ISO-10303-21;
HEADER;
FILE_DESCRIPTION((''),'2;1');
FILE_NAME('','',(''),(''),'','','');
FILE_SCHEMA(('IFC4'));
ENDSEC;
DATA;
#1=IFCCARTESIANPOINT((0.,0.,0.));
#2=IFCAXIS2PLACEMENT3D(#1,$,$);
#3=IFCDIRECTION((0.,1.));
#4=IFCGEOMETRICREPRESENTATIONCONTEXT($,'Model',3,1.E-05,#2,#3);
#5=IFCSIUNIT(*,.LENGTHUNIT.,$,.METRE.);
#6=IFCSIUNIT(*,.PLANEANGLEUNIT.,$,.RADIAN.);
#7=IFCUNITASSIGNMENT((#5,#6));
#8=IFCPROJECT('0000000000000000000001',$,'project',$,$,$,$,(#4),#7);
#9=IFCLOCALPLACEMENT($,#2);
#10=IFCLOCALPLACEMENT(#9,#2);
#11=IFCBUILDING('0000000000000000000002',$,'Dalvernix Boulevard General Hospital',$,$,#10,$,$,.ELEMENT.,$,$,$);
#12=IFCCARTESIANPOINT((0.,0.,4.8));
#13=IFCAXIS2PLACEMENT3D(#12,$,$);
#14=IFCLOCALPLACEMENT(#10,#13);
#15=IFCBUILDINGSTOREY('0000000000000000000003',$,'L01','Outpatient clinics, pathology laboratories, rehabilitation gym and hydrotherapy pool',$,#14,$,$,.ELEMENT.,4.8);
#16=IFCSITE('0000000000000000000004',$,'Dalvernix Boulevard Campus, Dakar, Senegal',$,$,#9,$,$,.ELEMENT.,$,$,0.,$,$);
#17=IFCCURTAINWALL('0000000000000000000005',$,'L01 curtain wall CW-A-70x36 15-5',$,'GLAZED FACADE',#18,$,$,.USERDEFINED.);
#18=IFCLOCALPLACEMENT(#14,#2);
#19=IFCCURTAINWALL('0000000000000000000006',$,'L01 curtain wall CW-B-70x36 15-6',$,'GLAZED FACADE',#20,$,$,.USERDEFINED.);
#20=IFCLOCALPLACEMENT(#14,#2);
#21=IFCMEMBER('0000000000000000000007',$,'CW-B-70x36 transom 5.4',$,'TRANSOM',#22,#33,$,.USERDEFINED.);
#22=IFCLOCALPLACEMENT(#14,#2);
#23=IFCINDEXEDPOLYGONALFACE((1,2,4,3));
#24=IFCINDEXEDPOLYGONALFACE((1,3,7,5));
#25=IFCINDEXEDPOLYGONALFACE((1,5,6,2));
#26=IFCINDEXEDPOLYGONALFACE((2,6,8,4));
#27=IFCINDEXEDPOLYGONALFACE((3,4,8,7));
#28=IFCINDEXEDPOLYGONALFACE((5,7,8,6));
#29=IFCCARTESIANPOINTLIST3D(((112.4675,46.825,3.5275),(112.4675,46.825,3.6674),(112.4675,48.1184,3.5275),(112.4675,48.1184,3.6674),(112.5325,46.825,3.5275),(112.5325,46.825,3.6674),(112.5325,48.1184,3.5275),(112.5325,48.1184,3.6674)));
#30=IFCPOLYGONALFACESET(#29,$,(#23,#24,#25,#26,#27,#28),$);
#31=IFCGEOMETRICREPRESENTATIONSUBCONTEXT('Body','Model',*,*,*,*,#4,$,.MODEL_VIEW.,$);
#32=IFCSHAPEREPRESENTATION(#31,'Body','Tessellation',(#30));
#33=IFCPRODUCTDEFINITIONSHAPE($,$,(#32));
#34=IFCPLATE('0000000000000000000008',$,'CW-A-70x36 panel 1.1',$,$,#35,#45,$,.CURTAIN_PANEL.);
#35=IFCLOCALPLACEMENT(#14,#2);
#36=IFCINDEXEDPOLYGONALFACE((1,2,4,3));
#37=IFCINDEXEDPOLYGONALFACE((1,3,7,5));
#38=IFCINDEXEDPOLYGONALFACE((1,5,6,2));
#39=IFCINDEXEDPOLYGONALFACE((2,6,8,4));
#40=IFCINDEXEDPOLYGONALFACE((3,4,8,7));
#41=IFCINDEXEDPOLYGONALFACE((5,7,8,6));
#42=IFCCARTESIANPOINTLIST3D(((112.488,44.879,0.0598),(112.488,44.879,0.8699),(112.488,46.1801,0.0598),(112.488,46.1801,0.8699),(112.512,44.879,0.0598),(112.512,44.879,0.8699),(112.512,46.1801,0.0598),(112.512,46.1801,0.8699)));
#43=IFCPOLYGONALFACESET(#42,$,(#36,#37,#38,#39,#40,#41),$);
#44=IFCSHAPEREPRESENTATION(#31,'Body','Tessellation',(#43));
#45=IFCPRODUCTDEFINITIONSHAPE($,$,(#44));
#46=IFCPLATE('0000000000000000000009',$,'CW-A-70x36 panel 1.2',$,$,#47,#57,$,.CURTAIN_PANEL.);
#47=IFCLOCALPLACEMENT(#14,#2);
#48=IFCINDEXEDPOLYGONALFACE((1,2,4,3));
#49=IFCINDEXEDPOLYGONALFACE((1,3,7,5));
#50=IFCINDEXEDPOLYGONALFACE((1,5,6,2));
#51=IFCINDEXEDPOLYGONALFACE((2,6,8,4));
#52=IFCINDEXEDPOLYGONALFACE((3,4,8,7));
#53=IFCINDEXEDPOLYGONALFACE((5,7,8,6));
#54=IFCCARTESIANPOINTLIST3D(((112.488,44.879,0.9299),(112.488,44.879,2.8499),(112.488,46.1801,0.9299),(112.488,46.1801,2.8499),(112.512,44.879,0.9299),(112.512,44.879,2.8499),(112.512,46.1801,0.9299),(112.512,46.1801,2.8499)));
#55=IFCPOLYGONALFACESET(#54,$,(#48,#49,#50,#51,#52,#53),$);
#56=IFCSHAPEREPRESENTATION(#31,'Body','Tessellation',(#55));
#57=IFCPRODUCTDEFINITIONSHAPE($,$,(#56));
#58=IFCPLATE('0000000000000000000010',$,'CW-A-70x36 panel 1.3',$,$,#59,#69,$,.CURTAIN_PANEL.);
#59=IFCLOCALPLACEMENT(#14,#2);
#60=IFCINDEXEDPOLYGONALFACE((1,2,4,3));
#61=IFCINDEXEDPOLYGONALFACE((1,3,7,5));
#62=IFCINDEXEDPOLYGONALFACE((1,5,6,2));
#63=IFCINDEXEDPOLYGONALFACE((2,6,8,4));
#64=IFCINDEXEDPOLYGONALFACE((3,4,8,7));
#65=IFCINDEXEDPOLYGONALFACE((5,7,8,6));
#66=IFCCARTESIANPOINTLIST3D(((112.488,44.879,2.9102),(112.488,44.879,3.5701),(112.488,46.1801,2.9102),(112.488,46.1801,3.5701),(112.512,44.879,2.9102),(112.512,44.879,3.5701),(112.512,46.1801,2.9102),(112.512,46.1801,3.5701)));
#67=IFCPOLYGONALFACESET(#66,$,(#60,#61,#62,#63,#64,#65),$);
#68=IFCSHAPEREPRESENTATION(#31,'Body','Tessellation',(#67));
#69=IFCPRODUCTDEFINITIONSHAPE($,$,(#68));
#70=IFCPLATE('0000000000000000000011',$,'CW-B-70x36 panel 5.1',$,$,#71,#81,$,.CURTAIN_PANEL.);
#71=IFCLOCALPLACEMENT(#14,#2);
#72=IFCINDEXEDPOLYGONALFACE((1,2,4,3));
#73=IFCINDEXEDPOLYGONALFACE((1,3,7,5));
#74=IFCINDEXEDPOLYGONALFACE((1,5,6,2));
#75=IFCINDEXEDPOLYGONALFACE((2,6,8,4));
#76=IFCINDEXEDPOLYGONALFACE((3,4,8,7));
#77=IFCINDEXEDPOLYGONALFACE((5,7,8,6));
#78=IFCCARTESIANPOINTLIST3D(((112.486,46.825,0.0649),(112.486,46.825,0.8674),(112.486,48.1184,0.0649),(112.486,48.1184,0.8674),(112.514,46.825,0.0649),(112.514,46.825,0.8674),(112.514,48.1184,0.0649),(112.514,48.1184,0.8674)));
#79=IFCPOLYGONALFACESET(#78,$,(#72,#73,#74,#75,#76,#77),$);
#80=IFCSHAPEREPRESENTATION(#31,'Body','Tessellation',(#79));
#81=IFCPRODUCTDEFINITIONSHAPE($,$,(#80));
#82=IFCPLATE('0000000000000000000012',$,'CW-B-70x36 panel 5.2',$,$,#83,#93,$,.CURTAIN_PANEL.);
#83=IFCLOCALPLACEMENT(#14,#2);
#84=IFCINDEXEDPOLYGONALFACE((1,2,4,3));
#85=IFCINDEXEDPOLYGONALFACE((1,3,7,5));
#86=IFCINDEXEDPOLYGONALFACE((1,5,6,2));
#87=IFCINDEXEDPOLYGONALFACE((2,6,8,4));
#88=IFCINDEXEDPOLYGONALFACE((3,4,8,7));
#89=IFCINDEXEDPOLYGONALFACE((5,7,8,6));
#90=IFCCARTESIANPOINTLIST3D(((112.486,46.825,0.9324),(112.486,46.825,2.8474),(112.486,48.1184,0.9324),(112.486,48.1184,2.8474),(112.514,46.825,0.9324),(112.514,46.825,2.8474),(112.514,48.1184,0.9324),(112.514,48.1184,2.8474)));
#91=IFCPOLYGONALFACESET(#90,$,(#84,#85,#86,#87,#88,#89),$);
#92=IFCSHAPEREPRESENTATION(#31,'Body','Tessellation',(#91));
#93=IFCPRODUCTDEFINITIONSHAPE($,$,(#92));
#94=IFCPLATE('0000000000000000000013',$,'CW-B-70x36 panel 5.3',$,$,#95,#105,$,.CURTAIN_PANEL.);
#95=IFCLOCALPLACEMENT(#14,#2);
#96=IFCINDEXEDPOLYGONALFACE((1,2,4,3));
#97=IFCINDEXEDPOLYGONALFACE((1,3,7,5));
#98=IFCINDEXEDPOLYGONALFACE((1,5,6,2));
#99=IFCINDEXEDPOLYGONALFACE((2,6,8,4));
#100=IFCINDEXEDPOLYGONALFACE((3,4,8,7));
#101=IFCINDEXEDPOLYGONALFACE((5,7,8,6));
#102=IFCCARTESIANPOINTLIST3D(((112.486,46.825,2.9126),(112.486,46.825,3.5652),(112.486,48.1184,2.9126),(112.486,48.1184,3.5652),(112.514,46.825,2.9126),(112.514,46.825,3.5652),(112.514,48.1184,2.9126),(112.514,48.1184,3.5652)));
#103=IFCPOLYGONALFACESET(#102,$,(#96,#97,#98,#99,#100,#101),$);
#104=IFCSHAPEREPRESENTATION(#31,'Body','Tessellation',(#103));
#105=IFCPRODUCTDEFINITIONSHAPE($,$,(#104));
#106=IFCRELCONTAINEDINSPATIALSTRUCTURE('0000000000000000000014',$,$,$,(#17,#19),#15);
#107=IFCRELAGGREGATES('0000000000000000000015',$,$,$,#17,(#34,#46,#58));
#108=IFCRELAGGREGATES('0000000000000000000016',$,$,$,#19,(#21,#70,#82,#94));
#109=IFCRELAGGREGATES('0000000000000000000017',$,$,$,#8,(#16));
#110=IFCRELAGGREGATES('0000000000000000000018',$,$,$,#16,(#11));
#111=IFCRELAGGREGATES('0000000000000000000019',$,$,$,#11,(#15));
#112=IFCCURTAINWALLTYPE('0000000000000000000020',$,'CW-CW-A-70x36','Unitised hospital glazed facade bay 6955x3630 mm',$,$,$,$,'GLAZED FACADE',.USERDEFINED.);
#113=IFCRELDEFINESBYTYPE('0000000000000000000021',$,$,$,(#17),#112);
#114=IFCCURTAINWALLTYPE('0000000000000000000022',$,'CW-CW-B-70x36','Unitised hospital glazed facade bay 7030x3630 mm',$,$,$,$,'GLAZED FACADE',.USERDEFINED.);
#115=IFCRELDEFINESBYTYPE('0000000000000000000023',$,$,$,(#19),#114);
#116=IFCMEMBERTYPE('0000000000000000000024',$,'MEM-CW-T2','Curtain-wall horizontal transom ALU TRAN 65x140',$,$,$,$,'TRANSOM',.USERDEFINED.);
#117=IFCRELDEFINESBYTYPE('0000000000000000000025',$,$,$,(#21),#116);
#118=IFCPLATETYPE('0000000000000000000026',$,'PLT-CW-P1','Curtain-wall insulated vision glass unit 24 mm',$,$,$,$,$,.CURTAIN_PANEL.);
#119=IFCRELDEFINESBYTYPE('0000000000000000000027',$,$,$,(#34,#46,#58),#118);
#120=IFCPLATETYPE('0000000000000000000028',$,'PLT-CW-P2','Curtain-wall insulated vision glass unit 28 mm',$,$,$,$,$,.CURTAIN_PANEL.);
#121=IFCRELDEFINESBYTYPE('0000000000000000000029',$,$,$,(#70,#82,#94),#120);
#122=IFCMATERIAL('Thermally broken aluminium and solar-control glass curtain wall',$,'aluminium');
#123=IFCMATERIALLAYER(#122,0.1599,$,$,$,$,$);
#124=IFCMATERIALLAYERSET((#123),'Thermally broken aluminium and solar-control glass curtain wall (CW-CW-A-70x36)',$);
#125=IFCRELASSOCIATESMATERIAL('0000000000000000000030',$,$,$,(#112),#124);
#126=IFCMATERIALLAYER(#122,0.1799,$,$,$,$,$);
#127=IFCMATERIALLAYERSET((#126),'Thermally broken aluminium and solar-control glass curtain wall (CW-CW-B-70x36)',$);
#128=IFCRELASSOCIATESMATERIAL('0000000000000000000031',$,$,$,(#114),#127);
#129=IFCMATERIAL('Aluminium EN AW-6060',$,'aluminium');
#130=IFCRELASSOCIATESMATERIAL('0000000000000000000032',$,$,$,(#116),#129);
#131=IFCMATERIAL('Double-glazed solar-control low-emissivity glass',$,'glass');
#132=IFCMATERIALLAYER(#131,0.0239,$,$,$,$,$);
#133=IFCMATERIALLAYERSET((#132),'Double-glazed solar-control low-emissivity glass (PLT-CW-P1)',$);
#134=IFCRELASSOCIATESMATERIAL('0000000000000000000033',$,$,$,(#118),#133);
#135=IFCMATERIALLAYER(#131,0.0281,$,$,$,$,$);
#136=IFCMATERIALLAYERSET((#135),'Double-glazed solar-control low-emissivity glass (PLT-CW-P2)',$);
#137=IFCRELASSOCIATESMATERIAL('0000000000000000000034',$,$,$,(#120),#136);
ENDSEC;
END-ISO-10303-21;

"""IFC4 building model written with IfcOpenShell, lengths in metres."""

from ifc_helpers import new_model, si_unit, direction, frame, origin, origin_2d, place, context, subcontext, project, spatial, rectangle, extrude, material, layer, layer_set, material_profile, profile_set, type_object, element, aggregate, save


model = new_model("IFC4")

# Units and contexts
model_context = context("Model", 3, precision=1e-05, world=origin(), true_north=direction((0.0, 1.0)))
body_context = subcontext(model_context, "Body", "Model", "MODEL_VIEW")
ifc_project = project(units=[si_unit("LENGTHUNIT", "METRE"), si_unit("PLANEANGLEUNIT", "RADIAN")], contexts=[model_context])

# Site, building, storey
site_placement = place(None, origin())
site = spatial("IfcSite", under=ifc_project, at=site_placement, Name="Dalvernix Boulevard Campus, Dakar, Senegal", CompositionType="ELEMENT", RefElevation=0.0)
building_placement = place(site_placement, origin())
building = spatial("IfcBuilding", under=site, at=building_placement, Name="Dalvernix Boulevard General Hospital", CompositionType="ELEMENT")
storey_placement = place(building_placement, frame((0.0, 0.0, 4.8)))
storey = spatial("IfcBuildingStorey", under=building, at=storey_placement, Name="L01", Description="Outpatient clinics, pathology laboratories, rehabilitation gym and hydrotherapy pool", CompositionType="ELEMENT", Elevation=4.8)

# Curtain wall
ifc_material_1 = material(Name="Thermally broken aluminium and solar-control glass curtain wall", Category="aluminium")
ifc_layer_1 = layer(ifc_material_1, 0.1599)
ifc_layer_set_1 = layer_set([ifc_layer_1], Name="Thermally broken aluminium and solar-control glass curtain wall (CW-CW-A-70x36)")
curtain_wall_type_1 = type_object("IfcCurtainWallType", Name="CW-CW-A-70x36", Description="Unitised hospital glazed facade bay 6955x3630 mm", ElementType="GLAZED FACADE", PredefinedType="USERDEFINED", material=ifc_layer_set_1)
curtain_wall_1_placement = place(storey_placement, origin())
curtain_wall_1 = element("IfcCurtainWall", 1, at=curtain_wall_1_placement, inside=storey, type_object=curtain_wall_type_1, Name="L01 curtain wall CW-A-70x36 15-5", ObjectType="GLAZED FACADE", PredefinedType="USERDEFINED")
ifc_material_2 = material(Name="Aluminium EN AW-6060", Category="aluminium")

# Curtain wall
ifc_layer_2 = layer(ifc_material_1, 0.1799)
ifc_layer_set_2 = layer_set([ifc_layer_2], Name="Thermally broken aluminium and solar-control glass curtain wall (CW-CW-B-70x36)")
curtain_wall_type_2 = type_object("IfcCurtainWallType", Name="CW-CW-B-70x36", Description="Unitised hospital glazed facade bay 7030x3630 mm", ElementType="GLAZED FACADE", PredefinedType="USERDEFINED", material=ifc_layer_set_2)
curtain_wall_2_placement = place(storey_placement, origin())
curtain_wall_2 = element("IfcCurtainWall", 2, at=curtain_wall_2_placement, inside=storey, type_object=curtain_wall_type_2, Name="L01 curtain wall CW-B-70x36 15-6", ObjectType="GLAZED FACADE", PredefinedType="USERDEFINED")

# Member
ifc_material_profile_1 = material_profile(ifc_material_2, rectangle(XDim=0.0649, YDim=0.1399, at=origin_2d()), Name="ALU TRAN 65x140")
ifc_profile_set_1 = profile_set([ifc_material_profile_1], Name="Aluminium EN AW-6060")
member_type_1 = type_object("IfcMemberType", Name="MEM-CW-T2", Description="Curtain-wall horizontal transom ALU TRAN 65x140", ElementType="TRANSOM", PredefinedType="USERDEFINED", material=ifc_profile_set_1)
member_1_placement = place(storey_placement, frame((112.5, 48.1184, 3.5974), z_axis=(0.0, -1.0, 0.0), x_axis=(1.0, 0.0, 0.0)))
member_1 = element("IfcMember", 3, at=member_1_placement, type_object=member_type_1, Name="CW-B-70x36 transom 5.4", ObjectType="TRANSOM", PredefinedType="USERDEFINED", context=body_context, shape_type="SweptSolid", body=[
    extrude(rectangle(XDim=0.0649, YDim=0.1399, at=origin_2d()), origin(), (0.0, 0.0, 1.0), 1.2935),
])

# Plates
ifc_material_3 = material(Name="Double-glazed solar-control low-emissivity glass", Category="glass")
ifc_layer_3 = layer(ifc_material_3, 0.0239)
ifc_layer_set_3 = layer_set([ifc_layer_3], Name="Double-glazed solar-control low-emissivity glass (PLT-CW-P1)")
plate_type_1 = type_object("IfcPlateType", Name="PLT-CW-P1", Description="Curtain-wall insulated vision glass unit 24 mm", PredefinedType="CURTAIN_PANEL", material=ifc_layer_set_3)
plate_1_placement = place(storey_placement, frame((112.5, 45.5295, 0.0598), z_axis=(0.0, 0.0, 1.0), x_axis=(0.0, -1.0, 0.0)))
plate_1 = element("IfcPlate", 4, at=plate_1_placement, type_object=plate_type_1, Name="CW-A-70x36 panel 1.1", PredefinedType="CURTAIN_PANEL", context=body_context, shape_type="SweptSolid", body=[
    extrude(rectangle(XDim=1.301, YDim=0.0239, at=origin_2d()), origin(), (0.0, 0.0, 1.0), 0.8101),
])
plate_2_placement = place(storey_placement, frame((112.5, 45.5295, 0.9299), z_axis=(0.0, 0.0, 1.0), x_axis=(0.0, -1.0, 0.0)))
plate_2 = element("IfcPlate", 5, at=plate_2_placement, type_object=plate_type_1, Name="CW-A-70x36 panel 1.2", PredefinedType="CURTAIN_PANEL", context=body_context, shape_type="SweptSolid", body=[
    extrude(rectangle(XDim=1.301, YDim=0.0239, at=origin_2d()), origin(), (0.0, 0.0, 1.0), 1.9199),
])
plate_3_placement = place(storey_placement, frame((112.5, 45.5295, 2.9102), z_axis=(0.0, 0.0, 1.0), x_axis=(0.0, -1.0, 0.0)))
plate_3 = element("IfcPlate", 6, at=plate_3_placement, type_object=plate_type_1, Name="CW-A-70x36 panel 1.3", PredefinedType="CURTAIN_PANEL", context=body_context, shape_type="SweptSolid", body=[
    extrude(rectangle(XDim=1.301, YDim=0.0239, at=origin_2d()), origin(), (0.0, 0.0, 1.0), 0.6599),
])
aggregate(curtain_wall_1, [plate_1, plate_2, plate_3])
ifc_layer_4 = layer(ifc_material_3, 0.0281)
ifc_layer_set_4 = layer_set([ifc_layer_4], Name="Double-glazed solar-control low-emissivity glass (PLT-CW-P2)")
plate_type_2 = type_object("IfcPlateType", Name="PLT-CW-P2", Description="Curtain-wall insulated vision glass unit 28 mm", PredefinedType="CURTAIN_PANEL", material=ifc_layer_set_4)
plate_4_placement = place(storey_placement, frame((112.5, 47.4717, 0.0649), z_axis=(0.0, 0.0, 1.0), x_axis=(0.0, -1.0, 0.0)))
plate_4 = element("IfcPlate", 7, at=plate_4_placement, type_object=plate_type_2, Name="CW-B-70x36 panel 5.1", PredefinedType="CURTAIN_PANEL", context=body_context, shape_type="SweptSolid", body=[
    extrude(rectangle(XDim=1.2935, YDim=0.0281, at=origin_2d()), origin(), (0.0, 0.0, 1.0), 0.8025),
])
plate_5_placement = place(storey_placement, frame((112.5, 47.4717, 0.9324), z_axis=(0.0, 0.0, 1.0), x_axis=(0.0, -1.0, 0.0)))
plate_5 = element("IfcPlate", 8, at=plate_5_placement, type_object=plate_type_2, Name="CW-B-70x36 panel 5.2", PredefinedType="CURTAIN_PANEL", context=body_context, shape_type="SweptSolid", body=[
    extrude(rectangle(XDim=1.2935, YDim=0.0281, at=origin_2d()), origin(), (0.0, 0.0, 1.0), 1.915),
])
plate_6_placement = place(storey_placement, frame((112.5, 47.4717, 2.9126), z_axis=(0.0, 0.0, 1.0), x_axis=(0.0, -1.0, 0.0)))
plate_6 = element("IfcPlate", 9, at=plate_6_placement, type_object=plate_type_2, Name="CW-B-70x36 panel 5.3", PredefinedType="CURTAIN_PANEL", context=body_context, shape_type="SweptSolid", body=[
    extrude(rectangle(XDim=1.2935, YDim=0.0281, at=origin_2d()), origin(), (0.0, 0.0, 1.0), 0.6526),
])
aggregate(curtain_wall_2, [member_1, plate_4, plate_5, plate_6])

save(model, "model.ifc")
